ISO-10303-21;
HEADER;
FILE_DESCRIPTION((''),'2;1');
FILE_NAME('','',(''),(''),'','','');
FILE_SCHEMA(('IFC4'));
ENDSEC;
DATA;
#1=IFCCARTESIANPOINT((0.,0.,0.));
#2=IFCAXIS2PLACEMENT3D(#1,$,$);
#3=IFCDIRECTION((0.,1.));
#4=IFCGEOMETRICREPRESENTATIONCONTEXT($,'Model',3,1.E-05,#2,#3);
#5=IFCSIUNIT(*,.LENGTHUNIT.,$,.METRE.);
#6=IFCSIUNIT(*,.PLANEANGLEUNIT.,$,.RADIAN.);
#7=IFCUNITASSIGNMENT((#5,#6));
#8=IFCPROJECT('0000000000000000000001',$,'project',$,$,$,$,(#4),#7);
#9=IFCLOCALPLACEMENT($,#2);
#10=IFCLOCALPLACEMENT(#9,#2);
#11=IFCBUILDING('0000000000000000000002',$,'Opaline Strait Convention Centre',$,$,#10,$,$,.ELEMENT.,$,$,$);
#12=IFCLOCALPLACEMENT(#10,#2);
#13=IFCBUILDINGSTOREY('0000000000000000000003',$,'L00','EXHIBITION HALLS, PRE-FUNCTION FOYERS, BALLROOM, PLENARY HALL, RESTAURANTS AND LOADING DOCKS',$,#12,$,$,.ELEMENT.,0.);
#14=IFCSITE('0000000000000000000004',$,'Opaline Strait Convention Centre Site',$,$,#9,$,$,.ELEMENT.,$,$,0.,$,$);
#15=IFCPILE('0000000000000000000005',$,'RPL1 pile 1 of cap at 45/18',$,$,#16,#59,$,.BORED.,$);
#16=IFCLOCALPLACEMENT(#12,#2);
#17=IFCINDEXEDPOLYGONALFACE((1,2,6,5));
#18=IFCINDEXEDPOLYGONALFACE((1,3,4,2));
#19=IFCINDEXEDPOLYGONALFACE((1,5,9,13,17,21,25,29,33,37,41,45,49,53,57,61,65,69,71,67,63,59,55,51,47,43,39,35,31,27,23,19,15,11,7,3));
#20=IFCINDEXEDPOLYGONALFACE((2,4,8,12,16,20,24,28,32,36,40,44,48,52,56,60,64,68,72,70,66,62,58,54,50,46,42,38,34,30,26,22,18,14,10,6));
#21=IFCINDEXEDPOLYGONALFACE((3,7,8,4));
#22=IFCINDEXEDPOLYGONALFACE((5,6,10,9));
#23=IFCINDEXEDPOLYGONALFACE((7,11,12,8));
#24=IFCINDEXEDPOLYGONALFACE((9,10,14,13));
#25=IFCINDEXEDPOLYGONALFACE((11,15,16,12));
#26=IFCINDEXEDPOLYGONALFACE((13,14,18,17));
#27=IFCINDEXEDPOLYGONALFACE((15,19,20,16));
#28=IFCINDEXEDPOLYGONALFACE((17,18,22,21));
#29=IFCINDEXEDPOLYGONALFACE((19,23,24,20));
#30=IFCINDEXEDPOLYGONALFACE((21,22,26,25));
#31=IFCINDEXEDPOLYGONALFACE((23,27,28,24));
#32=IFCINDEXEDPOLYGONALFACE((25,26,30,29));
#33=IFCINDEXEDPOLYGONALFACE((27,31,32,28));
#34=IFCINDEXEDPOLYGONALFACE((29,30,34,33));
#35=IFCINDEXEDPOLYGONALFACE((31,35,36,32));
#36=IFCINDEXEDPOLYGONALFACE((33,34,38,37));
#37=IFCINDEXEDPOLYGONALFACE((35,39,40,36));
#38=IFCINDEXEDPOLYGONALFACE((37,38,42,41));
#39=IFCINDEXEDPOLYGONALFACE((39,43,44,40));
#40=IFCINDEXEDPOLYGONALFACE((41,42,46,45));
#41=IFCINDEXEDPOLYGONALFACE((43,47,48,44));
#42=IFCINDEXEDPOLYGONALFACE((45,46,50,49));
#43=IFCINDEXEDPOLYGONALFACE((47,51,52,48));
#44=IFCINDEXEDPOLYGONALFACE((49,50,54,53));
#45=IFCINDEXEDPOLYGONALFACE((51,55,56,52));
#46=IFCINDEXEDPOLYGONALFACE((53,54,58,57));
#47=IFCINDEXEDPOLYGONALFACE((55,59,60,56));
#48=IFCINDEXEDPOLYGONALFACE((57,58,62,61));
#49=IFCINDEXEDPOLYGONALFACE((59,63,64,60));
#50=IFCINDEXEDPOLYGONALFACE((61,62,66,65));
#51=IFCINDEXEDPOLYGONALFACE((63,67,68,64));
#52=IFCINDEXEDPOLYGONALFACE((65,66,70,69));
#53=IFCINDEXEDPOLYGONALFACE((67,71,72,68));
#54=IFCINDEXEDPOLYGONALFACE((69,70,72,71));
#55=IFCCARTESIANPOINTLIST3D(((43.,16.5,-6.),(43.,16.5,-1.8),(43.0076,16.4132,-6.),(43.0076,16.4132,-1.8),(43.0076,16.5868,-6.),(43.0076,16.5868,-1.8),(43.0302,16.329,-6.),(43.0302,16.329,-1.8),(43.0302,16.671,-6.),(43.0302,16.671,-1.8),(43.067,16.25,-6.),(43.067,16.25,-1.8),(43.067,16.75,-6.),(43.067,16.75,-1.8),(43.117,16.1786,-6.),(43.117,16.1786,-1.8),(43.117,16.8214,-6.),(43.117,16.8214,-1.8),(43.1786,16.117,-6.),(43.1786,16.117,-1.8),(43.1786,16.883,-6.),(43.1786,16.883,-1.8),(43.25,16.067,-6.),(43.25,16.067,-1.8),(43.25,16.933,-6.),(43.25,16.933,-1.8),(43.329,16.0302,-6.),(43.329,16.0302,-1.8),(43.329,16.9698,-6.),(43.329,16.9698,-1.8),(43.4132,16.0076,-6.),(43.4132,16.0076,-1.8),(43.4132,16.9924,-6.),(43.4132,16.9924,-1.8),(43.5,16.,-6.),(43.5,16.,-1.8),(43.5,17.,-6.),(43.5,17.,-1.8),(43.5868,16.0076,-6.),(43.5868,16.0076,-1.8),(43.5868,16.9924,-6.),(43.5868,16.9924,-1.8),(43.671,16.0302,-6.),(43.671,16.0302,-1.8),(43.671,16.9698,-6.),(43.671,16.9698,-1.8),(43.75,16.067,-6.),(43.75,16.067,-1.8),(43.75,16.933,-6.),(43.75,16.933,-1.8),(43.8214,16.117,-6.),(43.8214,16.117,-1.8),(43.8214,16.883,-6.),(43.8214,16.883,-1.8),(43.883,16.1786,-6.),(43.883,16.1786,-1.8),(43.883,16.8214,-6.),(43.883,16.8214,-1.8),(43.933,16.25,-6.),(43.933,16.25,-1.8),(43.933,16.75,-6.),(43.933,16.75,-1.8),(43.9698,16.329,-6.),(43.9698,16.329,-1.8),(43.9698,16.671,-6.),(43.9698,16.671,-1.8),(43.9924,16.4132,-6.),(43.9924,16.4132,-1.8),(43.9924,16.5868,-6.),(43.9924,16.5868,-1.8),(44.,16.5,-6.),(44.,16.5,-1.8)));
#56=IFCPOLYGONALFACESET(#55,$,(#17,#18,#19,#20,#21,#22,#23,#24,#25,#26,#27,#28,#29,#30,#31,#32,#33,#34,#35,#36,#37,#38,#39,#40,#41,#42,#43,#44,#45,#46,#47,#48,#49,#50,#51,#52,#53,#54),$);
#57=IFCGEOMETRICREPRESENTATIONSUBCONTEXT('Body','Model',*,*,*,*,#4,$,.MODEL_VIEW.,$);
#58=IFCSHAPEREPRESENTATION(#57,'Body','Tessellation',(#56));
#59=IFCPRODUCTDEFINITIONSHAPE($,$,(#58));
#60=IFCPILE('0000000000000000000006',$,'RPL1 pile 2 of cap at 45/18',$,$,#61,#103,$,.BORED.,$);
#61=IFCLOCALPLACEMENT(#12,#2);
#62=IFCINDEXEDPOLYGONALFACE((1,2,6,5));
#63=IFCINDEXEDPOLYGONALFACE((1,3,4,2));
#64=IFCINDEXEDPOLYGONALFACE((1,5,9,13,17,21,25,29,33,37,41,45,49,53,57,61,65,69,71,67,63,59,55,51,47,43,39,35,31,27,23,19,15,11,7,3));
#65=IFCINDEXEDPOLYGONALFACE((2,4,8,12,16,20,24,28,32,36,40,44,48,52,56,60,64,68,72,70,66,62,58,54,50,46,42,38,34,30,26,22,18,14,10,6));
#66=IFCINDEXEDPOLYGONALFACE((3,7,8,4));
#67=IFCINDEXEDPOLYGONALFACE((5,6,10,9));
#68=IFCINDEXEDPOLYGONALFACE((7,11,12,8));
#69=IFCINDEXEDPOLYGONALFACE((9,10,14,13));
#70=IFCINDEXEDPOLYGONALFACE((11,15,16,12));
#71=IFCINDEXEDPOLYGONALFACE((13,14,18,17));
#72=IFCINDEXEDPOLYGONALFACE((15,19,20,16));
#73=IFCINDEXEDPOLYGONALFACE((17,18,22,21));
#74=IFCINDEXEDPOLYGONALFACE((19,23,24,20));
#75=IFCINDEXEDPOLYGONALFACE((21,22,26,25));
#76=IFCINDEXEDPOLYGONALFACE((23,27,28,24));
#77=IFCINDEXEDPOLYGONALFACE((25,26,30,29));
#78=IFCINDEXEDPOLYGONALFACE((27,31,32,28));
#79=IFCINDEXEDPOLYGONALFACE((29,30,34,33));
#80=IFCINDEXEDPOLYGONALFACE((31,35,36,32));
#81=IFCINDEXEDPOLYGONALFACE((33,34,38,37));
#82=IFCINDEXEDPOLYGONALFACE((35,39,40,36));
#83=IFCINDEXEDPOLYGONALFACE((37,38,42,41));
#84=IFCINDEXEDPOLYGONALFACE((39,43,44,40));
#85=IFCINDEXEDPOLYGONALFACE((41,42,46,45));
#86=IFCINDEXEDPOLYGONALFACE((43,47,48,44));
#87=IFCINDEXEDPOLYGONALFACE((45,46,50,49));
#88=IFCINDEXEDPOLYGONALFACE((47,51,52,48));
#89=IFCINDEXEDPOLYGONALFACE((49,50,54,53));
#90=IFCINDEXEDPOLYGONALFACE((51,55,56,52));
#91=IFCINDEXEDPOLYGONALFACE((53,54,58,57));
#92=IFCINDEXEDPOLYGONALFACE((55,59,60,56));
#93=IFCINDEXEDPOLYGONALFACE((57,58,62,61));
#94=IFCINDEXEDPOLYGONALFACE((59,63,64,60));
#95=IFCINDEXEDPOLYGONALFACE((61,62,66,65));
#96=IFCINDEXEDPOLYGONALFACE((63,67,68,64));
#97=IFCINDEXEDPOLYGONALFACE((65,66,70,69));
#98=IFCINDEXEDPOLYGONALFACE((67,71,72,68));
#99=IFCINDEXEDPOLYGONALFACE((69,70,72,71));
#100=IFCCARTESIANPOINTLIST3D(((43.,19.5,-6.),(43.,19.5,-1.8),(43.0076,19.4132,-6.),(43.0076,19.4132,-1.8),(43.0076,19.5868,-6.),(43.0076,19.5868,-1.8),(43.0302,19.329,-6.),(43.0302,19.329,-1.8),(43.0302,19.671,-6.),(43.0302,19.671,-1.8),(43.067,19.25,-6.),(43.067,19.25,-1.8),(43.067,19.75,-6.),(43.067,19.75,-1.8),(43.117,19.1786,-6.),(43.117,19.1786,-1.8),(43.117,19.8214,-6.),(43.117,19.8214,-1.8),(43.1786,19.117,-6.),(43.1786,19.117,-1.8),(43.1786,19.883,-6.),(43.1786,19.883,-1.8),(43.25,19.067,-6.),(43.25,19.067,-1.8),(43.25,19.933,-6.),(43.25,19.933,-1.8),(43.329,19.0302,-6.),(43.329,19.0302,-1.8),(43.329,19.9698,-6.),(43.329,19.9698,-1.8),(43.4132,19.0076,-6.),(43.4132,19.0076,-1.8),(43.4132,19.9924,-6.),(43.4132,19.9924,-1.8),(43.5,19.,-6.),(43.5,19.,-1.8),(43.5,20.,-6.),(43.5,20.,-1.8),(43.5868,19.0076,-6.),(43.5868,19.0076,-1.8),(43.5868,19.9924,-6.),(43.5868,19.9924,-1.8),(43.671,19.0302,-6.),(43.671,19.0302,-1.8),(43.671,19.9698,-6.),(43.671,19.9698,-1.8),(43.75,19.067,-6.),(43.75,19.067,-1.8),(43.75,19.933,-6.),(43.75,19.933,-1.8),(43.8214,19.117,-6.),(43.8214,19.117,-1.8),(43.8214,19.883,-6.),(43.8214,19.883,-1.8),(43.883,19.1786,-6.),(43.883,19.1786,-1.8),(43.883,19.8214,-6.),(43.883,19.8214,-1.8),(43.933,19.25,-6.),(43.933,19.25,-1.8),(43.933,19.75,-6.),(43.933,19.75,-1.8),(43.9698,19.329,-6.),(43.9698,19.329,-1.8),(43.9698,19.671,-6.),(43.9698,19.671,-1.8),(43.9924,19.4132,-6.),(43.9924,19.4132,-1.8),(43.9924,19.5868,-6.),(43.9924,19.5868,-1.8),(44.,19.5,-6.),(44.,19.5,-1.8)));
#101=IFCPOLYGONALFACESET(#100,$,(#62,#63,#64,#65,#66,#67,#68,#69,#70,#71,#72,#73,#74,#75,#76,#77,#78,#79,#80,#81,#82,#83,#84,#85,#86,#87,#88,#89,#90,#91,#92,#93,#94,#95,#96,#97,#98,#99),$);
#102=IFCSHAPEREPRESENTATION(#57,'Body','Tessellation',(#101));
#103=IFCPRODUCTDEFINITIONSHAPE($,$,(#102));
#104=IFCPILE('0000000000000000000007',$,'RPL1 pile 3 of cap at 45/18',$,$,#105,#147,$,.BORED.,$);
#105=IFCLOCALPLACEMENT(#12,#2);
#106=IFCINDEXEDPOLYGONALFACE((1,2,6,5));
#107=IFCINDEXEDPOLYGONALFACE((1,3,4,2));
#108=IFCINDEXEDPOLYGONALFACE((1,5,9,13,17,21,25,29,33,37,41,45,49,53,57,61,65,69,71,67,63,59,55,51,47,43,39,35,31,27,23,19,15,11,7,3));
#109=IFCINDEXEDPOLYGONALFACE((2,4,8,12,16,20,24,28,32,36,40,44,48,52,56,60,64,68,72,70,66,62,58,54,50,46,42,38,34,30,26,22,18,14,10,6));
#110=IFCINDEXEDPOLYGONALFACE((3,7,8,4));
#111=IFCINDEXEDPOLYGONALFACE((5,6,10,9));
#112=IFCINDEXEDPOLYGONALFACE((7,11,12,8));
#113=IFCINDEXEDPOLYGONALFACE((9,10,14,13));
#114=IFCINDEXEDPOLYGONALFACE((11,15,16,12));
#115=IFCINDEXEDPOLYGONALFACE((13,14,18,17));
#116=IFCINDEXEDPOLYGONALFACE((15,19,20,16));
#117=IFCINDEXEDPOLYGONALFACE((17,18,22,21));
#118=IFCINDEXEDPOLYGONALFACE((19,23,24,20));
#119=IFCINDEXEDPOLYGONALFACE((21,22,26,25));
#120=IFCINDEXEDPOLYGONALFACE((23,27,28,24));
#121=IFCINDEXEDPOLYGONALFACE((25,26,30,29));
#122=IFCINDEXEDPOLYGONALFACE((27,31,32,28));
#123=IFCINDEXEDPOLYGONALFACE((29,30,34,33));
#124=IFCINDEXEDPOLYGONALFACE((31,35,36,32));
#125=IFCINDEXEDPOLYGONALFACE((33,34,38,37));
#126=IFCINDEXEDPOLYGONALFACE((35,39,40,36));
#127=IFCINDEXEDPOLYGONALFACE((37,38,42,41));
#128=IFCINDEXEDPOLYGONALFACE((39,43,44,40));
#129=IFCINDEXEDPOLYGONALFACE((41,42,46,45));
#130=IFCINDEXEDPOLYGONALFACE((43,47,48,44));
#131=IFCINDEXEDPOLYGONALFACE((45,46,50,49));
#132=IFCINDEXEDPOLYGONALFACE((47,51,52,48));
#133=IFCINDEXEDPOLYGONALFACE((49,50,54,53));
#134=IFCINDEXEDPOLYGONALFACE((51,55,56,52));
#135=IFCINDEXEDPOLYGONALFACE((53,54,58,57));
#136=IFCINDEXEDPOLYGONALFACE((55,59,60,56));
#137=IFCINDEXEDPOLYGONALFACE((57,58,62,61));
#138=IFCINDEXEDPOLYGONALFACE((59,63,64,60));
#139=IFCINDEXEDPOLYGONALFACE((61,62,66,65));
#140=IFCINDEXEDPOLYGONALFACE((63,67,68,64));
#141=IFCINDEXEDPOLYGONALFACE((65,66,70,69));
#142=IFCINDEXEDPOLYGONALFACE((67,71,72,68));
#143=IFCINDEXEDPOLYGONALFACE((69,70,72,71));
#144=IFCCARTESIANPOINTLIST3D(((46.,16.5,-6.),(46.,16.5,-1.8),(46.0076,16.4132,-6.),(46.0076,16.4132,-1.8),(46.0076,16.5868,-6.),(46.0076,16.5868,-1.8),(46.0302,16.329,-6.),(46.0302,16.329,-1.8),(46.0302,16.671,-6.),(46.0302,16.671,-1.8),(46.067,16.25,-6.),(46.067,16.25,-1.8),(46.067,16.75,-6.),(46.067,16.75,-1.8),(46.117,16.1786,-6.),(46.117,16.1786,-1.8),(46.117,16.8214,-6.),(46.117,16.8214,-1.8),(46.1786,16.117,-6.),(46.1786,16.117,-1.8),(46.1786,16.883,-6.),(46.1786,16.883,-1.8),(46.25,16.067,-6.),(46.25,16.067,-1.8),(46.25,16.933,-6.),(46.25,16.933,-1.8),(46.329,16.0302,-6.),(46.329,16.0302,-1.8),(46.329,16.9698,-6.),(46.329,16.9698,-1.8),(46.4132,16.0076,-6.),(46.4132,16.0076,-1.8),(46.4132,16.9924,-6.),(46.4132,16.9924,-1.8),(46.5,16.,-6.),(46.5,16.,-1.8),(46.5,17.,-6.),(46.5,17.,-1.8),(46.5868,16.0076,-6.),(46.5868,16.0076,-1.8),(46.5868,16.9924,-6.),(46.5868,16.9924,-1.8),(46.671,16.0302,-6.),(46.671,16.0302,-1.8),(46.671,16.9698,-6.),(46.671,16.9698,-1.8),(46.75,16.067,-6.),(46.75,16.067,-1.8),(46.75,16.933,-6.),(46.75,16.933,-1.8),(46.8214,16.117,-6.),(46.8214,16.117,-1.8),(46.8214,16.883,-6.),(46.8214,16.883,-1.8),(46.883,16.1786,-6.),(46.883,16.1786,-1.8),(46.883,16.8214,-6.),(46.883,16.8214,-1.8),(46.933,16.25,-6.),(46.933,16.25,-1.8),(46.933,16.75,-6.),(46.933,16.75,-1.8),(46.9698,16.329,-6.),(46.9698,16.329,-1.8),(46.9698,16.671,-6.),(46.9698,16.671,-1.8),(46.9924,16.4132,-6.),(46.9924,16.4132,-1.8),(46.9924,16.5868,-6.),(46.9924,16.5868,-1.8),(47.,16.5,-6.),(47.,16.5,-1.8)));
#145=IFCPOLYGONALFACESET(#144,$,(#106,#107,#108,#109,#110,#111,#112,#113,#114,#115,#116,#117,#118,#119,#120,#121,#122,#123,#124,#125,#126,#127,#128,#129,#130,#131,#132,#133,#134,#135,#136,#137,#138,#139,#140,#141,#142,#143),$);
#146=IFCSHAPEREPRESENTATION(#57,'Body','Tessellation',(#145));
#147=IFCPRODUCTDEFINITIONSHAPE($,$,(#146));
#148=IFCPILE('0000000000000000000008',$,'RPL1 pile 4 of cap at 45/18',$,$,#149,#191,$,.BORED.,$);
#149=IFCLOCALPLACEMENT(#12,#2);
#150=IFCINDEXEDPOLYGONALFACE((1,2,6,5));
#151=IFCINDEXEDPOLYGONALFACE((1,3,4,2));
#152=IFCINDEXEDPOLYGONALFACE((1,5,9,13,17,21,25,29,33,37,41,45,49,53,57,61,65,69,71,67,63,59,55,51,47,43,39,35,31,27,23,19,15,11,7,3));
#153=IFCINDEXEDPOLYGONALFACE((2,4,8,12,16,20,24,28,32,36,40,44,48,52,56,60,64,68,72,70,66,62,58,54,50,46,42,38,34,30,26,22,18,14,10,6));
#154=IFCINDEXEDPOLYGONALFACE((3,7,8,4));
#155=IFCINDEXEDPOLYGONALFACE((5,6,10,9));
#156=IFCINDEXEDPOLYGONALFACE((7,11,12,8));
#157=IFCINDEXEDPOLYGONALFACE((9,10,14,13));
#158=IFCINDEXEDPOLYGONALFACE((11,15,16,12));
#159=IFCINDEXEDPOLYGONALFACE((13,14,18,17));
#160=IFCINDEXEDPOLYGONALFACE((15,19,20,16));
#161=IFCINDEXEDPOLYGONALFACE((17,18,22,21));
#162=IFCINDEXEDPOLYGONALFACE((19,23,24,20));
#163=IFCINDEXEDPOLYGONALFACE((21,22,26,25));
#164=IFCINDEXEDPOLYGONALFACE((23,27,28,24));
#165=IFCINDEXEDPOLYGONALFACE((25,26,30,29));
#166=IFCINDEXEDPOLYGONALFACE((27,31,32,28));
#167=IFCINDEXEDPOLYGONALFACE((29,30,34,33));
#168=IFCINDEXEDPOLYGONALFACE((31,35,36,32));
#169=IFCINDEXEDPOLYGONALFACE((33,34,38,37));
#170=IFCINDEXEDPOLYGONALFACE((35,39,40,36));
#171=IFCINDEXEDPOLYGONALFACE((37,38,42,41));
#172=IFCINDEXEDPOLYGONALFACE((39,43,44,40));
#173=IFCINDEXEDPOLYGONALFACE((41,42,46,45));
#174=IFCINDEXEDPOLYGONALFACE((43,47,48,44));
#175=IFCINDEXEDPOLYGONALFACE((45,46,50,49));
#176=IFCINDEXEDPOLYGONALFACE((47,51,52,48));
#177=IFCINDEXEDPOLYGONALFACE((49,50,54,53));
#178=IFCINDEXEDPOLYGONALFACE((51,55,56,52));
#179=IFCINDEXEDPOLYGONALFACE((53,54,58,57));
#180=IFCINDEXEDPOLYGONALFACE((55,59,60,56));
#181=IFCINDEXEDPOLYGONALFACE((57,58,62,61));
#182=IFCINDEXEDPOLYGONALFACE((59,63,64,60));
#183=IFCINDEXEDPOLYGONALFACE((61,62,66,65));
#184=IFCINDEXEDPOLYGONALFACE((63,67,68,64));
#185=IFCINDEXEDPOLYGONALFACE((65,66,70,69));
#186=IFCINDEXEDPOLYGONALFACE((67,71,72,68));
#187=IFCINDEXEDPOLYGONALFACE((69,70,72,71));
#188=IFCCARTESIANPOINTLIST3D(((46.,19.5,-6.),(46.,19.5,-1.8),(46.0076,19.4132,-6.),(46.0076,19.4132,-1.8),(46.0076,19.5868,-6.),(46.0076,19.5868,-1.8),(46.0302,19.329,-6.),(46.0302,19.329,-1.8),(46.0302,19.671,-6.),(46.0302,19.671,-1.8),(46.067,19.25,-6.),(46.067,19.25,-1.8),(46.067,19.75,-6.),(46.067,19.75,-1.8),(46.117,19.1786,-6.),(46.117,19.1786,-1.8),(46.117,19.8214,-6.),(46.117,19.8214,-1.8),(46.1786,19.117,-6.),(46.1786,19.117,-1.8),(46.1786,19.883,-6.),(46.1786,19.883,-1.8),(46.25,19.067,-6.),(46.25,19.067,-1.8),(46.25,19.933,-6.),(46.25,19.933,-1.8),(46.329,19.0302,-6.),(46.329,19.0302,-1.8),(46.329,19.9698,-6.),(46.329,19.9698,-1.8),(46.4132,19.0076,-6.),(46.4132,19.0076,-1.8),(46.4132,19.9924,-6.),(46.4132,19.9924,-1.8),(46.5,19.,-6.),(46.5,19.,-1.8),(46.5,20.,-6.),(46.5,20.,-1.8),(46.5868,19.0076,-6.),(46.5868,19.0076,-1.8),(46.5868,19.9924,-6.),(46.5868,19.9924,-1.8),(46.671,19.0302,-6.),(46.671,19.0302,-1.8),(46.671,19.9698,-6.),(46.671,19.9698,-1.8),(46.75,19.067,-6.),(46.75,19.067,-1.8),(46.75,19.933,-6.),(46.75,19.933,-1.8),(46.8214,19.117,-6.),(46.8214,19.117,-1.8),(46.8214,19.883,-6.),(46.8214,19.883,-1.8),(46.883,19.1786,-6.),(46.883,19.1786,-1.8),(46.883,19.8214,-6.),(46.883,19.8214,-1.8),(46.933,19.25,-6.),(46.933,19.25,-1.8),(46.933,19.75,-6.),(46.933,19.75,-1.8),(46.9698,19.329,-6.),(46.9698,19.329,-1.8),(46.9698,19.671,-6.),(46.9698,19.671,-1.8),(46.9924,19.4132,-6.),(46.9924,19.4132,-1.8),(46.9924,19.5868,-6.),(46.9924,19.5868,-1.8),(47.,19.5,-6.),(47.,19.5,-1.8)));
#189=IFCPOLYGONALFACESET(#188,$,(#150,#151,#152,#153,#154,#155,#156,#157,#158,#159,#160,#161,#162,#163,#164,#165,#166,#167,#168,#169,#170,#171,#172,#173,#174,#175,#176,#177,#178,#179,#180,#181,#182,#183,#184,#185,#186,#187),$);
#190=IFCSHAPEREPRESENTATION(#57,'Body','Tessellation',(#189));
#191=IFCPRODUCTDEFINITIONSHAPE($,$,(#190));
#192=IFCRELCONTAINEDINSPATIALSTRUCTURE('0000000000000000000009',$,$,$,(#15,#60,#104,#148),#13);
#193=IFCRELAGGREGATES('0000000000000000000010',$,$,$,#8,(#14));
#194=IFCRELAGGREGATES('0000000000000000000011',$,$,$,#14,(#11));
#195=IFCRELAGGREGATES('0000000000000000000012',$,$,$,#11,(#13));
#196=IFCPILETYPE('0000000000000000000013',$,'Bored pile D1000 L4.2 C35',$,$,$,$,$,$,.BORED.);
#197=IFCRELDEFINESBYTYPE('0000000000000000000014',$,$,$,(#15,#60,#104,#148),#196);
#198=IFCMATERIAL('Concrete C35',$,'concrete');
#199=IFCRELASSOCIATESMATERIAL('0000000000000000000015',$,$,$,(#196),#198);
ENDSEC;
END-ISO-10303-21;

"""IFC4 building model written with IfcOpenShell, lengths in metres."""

from ifc_helpers import new_model, si_unit, direction, frame, origin, origin_2d, place, context, subcontext, project, spatial, circle, extrude, material, material_profile, profile_set, type_object, element, save


model = new_model("IFC4")

# Units and contexts
model_context = context("Model", 3, precision=1e-05, world=origin(), true_north=direction((0.0, 1.0)))
body_context = subcontext(model_context, "Body", "Model", "MODEL_VIEW")
ifc_project = project(units=[si_unit("LENGTHUNIT", "METRE"), si_unit("PLANEANGLEUNIT", "RADIAN")], contexts=[model_context])

# Site, building, storey
site_placement = place(None, origin())
site = spatial("IfcSite", under=ifc_project, at=site_placement, Name="Opaline Strait Convention Centre Site", CompositionType="ELEMENT", RefElevation=0.0)
building_placement = place(site_placement, origin())
building = spatial("IfcBuilding", under=site, at=building_placement, Name="Opaline Strait Convention Centre", CompositionType="ELEMENT")
storey_placement = place(building_placement, origin())
storey = spatial("IfcBuildingStorey", under=building, at=storey_placement, Name="L00", Description="EXHIBITION HALLS, PRE-FUNCTION FOYERS, BALLROOM, PLENARY HALL, RESTAURANTS AND LOADING DOCKS", CompositionType="ELEMENT", Elevation=0.0)

# Piles
ifc_material_1 = material(Name="Concrete C35", Category="concrete")
ifc_material_profile_1 = material_profile(ifc_material_1, circle(Radius=0.5, at=origin_2d()), Name="D1000")
ifc_profile_set_1 = profile_set([ifc_material_profile_1], Name="Concrete C35")
pile_type = type_object("IfcPileType", Name="Bored pile D1000 L4.2 C35", PredefinedType="BORED", material=ifc_profile_set_1)
for number, where, z_axis, x_axis, name in (
    (1, (43.5, 16.5, -1.8), (0.0, 0.0, -1.0), (1.0, 0.0, 0.0), "RPL1 pile 1 of cap at 45/18"),
    (2, (43.5, 19.5, -1.8), (0.0, 0.0, -1.0), (1.0, 0.0, 0.0), "RPL1 pile 2 of cap at 45/18"),
    (3, (46.5, 16.5, -1.8), (0.0, 0.0, -1.0), (1.0, 0.0, 0.0), "RPL1 pile 3 of cap at 45/18"),
    (4, (46.5, 19.5, -1.8), (0.0, 0.0, -1.0), (1.0, 0.0, 0.0), "RPL1 pile 4 of cap at 45/18"),
):
    element("IfcPile", number, at=place(storey_placement, frame(where, z_axis=z_axis, x_axis=x_axis)), inside=storey, type_object=pile_type, Name=name, PredefinedType="BORED", context=body_context, shape_type="SweptSolid", body=[
        extrude(circle(Radius=0.5, at=origin_2d()), origin(), (0.0, 0.0, 1.0), 4.2),
    ])

save(model, "model.ifc")
